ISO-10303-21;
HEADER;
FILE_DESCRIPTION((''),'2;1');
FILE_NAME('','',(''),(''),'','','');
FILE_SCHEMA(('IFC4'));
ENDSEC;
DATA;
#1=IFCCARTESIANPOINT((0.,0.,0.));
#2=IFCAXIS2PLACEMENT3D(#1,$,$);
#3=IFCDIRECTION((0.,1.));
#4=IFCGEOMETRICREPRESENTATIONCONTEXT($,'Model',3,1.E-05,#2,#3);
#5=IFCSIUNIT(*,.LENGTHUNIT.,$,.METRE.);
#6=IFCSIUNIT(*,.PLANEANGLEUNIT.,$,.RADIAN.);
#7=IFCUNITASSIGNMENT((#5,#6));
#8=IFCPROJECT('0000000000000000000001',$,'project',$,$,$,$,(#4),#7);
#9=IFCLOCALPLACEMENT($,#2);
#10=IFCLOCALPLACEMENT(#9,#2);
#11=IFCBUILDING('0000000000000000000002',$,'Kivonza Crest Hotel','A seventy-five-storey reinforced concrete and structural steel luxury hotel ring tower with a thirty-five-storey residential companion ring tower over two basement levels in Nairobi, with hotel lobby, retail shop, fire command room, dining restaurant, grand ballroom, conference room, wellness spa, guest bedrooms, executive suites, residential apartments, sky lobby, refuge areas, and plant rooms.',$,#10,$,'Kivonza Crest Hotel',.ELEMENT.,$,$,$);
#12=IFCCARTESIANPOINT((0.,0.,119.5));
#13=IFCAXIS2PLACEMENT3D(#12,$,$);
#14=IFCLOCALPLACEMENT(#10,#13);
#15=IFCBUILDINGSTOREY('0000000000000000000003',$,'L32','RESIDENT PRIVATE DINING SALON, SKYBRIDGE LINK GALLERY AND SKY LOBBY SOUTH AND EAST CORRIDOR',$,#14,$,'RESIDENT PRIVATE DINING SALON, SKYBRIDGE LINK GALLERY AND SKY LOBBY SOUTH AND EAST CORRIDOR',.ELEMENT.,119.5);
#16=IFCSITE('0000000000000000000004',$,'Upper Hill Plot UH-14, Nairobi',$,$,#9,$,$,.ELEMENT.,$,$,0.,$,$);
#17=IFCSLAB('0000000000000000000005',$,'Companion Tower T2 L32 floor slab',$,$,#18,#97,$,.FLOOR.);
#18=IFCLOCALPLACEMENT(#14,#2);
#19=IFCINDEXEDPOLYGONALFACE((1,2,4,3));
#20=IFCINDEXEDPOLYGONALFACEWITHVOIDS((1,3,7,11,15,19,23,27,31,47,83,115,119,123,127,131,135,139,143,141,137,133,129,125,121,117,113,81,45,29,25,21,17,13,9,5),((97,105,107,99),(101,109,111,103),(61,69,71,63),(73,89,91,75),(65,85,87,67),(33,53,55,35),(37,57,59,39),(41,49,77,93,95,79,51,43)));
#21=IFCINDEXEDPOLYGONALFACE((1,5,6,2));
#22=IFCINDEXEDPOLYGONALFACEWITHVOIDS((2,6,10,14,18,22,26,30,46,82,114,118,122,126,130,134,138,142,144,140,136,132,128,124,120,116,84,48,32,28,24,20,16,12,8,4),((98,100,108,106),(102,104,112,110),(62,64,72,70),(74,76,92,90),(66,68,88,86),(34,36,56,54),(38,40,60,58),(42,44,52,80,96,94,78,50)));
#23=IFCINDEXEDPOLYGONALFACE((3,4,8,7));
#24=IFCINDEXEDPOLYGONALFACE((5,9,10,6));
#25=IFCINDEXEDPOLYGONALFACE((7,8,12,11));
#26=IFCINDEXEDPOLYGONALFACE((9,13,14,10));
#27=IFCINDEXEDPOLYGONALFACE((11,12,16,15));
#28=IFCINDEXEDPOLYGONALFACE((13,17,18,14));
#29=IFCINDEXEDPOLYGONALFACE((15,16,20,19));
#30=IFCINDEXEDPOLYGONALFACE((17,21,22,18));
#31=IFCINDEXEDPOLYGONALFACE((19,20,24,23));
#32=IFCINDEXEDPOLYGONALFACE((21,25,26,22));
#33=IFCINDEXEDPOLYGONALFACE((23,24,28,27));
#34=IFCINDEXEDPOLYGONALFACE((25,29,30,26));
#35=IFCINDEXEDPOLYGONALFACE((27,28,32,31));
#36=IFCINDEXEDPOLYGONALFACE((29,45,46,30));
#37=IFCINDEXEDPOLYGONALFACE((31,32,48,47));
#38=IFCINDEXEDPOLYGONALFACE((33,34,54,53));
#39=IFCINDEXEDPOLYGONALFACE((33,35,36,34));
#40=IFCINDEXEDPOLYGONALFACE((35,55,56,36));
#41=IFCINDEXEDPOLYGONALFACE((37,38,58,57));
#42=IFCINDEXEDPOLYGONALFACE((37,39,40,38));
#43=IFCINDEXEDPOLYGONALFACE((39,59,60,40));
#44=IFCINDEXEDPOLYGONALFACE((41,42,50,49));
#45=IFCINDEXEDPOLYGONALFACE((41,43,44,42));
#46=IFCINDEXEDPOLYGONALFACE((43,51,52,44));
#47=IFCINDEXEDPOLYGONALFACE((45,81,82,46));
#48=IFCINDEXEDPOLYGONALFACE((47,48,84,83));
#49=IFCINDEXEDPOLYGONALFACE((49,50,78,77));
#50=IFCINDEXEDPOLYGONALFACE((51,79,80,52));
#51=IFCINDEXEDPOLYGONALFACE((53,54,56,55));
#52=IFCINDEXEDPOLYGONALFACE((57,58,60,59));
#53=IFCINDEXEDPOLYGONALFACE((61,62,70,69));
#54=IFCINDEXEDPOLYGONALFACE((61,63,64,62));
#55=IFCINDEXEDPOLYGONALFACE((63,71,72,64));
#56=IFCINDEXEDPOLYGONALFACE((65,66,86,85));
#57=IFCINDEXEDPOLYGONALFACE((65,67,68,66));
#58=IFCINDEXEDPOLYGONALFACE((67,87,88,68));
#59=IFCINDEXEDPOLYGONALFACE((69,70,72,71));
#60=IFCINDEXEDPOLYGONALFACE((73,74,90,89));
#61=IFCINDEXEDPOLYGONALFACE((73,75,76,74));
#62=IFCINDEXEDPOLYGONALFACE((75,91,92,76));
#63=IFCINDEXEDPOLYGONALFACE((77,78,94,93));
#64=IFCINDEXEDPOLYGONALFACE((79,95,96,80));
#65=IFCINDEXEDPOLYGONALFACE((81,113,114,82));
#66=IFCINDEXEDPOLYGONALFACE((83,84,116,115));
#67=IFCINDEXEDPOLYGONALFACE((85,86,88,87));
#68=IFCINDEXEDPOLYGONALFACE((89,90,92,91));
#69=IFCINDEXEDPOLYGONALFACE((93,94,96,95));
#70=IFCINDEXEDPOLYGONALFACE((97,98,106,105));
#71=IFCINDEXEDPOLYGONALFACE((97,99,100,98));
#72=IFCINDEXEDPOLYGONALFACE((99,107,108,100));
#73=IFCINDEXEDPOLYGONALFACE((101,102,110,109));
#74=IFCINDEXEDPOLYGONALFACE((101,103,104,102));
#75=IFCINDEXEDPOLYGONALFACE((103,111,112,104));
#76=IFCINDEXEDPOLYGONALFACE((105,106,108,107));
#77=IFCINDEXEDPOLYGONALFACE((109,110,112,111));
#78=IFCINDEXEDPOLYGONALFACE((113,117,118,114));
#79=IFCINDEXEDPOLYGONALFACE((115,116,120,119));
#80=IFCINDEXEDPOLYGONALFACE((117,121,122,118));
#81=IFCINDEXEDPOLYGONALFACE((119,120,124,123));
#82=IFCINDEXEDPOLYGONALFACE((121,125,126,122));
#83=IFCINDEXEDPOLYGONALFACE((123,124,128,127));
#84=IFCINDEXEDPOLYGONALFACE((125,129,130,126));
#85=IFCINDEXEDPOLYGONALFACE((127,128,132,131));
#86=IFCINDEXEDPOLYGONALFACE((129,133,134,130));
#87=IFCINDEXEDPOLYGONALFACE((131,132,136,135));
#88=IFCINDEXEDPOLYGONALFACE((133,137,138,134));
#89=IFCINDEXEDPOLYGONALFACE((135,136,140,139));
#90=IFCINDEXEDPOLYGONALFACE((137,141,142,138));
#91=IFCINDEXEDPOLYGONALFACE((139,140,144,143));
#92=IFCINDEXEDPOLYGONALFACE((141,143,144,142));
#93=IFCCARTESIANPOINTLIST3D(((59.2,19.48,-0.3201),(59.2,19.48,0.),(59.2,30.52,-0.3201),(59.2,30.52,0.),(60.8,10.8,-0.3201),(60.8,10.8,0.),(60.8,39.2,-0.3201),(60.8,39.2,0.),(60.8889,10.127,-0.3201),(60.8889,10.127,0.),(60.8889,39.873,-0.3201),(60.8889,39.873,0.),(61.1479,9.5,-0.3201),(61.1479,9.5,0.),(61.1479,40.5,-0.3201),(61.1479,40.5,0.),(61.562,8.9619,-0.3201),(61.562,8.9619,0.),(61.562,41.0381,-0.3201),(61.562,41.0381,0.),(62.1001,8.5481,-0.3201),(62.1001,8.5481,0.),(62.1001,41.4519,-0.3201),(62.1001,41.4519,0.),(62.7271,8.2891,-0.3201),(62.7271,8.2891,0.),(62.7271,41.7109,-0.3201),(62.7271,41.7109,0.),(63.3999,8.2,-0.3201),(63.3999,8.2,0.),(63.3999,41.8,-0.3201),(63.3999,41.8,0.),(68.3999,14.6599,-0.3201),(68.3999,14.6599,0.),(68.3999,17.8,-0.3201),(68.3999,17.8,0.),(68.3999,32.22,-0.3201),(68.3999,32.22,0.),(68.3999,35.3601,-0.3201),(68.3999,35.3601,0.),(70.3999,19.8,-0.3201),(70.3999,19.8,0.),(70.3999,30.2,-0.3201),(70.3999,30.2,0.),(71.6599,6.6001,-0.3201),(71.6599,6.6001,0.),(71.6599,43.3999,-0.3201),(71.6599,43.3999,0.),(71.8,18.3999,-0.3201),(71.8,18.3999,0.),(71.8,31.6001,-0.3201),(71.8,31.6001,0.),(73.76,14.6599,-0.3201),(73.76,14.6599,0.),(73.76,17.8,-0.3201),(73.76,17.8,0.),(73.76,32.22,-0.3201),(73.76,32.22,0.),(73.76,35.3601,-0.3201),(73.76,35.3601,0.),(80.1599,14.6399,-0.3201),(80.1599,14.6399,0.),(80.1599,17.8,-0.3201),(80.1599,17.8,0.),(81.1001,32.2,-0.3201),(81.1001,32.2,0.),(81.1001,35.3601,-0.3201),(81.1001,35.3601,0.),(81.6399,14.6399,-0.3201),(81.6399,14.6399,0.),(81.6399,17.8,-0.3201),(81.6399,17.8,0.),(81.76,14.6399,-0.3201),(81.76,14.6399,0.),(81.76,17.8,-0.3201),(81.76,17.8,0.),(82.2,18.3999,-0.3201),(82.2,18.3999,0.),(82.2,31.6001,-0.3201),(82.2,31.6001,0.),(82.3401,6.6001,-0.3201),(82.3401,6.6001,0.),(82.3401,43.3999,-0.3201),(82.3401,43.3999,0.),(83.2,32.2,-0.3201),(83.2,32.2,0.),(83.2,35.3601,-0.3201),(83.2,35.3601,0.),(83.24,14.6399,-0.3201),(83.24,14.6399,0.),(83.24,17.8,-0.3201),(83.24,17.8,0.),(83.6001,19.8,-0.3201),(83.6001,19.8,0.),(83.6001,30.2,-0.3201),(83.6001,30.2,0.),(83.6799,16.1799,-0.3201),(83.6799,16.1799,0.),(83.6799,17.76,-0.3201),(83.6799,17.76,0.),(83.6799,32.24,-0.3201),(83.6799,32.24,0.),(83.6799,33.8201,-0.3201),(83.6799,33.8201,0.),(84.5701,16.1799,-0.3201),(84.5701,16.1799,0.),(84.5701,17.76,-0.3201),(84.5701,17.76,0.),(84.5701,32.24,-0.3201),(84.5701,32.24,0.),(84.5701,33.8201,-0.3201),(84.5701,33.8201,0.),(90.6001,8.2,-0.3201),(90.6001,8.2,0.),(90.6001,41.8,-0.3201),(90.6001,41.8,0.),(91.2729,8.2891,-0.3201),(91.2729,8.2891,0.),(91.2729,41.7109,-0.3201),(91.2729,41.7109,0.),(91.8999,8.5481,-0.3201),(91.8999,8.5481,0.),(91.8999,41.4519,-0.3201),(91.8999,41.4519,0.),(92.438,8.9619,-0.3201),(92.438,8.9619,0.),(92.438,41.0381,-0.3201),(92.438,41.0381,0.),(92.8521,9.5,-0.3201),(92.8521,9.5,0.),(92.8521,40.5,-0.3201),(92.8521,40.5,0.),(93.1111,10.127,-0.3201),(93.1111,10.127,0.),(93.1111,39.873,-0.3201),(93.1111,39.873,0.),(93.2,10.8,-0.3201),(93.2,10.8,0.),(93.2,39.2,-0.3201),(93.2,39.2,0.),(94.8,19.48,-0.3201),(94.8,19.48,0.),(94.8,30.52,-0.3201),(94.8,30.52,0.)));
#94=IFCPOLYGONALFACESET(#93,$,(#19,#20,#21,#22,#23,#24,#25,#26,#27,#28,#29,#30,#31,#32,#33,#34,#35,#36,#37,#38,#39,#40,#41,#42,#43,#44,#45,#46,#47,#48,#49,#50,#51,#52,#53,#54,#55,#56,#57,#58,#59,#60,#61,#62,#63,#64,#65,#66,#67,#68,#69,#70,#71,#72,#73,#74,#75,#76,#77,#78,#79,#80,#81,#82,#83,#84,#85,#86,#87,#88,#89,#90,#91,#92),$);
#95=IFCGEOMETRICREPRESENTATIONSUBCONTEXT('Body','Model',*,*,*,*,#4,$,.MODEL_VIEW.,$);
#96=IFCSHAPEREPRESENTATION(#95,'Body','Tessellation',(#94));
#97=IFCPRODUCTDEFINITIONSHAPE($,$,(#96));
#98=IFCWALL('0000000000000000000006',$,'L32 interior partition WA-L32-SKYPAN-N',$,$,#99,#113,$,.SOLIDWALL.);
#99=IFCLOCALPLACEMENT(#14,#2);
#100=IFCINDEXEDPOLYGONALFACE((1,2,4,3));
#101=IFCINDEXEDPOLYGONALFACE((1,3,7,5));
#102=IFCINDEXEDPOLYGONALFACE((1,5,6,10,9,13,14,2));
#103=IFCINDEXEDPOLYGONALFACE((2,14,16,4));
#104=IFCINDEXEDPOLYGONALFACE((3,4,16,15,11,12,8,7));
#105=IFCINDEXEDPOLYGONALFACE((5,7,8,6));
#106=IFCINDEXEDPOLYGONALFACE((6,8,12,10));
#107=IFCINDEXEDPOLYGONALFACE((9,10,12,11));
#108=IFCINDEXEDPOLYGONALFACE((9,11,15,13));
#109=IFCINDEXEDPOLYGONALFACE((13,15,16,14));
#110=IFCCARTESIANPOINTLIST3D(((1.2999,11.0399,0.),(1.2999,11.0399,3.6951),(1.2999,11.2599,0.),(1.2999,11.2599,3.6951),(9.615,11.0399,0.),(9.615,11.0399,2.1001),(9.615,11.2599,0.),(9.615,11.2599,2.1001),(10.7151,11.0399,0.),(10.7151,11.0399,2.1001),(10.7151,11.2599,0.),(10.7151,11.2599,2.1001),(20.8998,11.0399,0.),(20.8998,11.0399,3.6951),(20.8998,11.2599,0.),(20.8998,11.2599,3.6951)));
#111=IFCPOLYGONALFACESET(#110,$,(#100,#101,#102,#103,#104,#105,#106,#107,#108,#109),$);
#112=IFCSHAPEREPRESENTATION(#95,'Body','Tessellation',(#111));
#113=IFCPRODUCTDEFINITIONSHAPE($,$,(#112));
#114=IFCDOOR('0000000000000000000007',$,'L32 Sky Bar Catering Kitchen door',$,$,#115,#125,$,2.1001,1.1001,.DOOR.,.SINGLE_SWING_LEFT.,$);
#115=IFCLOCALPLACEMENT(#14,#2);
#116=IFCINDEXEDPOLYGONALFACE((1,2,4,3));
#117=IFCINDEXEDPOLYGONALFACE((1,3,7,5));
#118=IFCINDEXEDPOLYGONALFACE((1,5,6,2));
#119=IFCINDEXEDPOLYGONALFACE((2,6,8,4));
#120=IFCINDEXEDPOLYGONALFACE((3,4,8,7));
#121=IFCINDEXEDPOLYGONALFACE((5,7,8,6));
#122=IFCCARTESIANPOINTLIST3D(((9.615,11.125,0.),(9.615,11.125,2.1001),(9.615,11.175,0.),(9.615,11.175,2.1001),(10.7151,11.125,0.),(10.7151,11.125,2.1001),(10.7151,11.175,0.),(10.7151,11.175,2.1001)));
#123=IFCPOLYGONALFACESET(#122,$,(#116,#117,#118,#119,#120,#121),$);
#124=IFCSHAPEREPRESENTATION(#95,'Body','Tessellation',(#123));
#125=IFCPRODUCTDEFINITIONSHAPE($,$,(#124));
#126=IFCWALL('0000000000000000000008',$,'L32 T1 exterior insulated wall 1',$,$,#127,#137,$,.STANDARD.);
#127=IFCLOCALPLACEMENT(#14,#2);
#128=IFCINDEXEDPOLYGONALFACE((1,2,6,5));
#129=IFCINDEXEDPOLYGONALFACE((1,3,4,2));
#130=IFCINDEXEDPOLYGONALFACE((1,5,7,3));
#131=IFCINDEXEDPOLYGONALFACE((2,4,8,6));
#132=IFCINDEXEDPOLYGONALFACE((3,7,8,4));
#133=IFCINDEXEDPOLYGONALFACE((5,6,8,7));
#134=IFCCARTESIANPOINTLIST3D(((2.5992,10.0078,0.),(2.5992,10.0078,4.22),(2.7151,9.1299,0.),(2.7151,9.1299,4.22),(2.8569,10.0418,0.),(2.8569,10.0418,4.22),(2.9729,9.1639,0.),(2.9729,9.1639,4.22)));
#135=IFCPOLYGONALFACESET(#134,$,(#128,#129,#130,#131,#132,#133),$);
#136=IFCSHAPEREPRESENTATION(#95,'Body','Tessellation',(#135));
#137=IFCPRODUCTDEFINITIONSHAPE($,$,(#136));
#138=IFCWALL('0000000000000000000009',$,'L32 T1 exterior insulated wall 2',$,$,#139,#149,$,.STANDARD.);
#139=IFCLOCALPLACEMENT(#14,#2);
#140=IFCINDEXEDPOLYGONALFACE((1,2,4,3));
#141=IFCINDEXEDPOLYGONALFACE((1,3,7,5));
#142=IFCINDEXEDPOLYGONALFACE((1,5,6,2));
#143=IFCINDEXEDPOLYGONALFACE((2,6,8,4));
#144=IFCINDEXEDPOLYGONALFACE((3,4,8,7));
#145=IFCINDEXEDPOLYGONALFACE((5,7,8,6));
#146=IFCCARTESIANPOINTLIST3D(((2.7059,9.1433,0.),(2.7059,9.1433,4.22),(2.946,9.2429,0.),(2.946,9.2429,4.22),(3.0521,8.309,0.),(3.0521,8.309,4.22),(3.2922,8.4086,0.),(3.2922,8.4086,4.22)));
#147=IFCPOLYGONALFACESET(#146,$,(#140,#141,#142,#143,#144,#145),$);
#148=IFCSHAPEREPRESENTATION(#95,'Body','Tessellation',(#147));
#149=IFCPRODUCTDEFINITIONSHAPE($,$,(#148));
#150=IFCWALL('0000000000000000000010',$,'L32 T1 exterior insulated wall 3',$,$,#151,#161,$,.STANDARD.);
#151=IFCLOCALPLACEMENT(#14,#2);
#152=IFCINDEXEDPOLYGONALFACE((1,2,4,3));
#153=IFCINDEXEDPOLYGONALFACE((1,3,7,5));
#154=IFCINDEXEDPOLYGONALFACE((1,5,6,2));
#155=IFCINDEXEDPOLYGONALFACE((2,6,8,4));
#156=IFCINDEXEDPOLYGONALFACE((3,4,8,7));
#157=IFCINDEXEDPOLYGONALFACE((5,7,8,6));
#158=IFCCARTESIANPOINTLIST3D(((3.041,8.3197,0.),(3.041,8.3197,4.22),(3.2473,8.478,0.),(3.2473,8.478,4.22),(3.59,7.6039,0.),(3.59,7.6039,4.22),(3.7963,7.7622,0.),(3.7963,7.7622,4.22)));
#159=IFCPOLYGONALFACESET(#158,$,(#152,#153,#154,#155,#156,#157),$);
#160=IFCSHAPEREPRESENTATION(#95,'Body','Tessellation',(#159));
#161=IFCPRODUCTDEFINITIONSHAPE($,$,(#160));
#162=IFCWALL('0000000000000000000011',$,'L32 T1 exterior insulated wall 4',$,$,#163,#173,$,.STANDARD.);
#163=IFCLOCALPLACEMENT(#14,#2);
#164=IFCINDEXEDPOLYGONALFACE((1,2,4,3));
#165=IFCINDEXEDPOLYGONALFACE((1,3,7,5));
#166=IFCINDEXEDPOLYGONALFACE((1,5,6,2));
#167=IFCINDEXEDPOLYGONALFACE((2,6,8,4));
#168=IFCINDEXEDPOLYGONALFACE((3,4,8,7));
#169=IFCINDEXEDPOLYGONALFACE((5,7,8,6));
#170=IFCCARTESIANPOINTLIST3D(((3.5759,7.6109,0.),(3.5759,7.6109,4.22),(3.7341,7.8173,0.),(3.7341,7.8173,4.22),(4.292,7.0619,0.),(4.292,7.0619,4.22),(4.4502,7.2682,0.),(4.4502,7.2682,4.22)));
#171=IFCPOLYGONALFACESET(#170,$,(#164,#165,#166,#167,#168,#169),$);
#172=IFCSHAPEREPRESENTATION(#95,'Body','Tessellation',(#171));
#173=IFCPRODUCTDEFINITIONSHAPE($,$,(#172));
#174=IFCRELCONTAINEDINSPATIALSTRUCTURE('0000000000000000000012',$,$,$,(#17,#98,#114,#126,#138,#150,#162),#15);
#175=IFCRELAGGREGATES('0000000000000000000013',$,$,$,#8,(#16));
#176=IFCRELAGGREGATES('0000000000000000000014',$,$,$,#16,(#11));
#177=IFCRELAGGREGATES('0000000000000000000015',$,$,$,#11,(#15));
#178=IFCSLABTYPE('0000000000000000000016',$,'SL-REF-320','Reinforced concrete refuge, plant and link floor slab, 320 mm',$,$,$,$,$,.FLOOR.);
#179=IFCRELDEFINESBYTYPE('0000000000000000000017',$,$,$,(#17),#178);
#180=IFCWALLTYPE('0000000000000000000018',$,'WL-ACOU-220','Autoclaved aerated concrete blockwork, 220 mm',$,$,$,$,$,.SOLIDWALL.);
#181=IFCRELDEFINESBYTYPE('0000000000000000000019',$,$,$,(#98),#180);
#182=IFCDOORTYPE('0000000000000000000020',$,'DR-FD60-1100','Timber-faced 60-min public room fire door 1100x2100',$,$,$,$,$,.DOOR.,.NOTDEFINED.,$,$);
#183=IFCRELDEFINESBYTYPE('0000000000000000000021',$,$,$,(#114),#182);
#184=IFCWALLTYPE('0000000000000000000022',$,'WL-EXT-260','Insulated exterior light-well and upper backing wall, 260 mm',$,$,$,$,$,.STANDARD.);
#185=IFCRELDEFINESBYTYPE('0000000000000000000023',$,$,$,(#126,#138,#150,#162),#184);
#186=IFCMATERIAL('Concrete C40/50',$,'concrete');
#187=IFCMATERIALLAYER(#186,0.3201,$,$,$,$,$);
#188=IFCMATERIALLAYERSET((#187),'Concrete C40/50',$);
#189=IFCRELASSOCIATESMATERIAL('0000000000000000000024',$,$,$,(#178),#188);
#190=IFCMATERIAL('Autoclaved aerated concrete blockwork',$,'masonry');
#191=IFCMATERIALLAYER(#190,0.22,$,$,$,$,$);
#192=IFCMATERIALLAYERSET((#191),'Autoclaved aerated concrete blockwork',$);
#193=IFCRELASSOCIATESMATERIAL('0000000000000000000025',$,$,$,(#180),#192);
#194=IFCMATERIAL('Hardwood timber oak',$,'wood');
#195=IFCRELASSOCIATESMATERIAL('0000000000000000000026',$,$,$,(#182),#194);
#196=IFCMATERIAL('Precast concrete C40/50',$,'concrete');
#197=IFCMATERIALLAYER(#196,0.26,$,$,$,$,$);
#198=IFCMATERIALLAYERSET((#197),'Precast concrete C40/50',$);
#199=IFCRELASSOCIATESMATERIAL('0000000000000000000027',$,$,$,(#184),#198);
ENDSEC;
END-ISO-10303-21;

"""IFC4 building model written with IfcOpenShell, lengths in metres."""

from ifc_helpers import new_model, si_unit, direction, frame, frame_2d, origin, place, context, subcontext, project, spatial, polyline, rectangle, outline, extrude, material, layer, layer_set, type_object, element, fill, save


model = new_model("IFC4")

# Units and contexts
model_context = context("Model", 3, precision=1e-05, world=origin(), true_north=direction((0.0, 1.0)))
body_context = subcontext(model_context, "Body", "Model", "MODEL_VIEW")
ifc_project = project(units=[si_unit("LENGTHUNIT", "METRE"), si_unit("PLANEANGLEUNIT", "RADIAN")], contexts=[model_context])

# Site, building, storey
site_placement = place(None, origin())
site = spatial("IfcSite", under=ifc_project, at=site_placement, Name="Upper Hill Plot UH-14, Nairobi", CompositionType="ELEMENT", RefElevation=0.0)
building_placement = place(site_placement, origin())
building = spatial("IfcBuilding", under=site, at=building_placement, Name="Kivonza Crest Hotel", Description="A seventy-five-storey reinforced concrete and structural steel luxury hotel ring tower with a thirty-five-storey residential companion ring tower over two basement levels in Nairobi, with hotel lobby, retail shop, fire command room, dining restaurant, grand ballroom, conference room, wellness spa, guest bedrooms, executive suites, residential apartments, sky lobby, refuge areas, and plant rooms.", LongName="Kivonza Crest Hotel", CompositionType="ELEMENT")
storey_placement = place(building_placement, frame((0.0, 0.0, 119.5)))
storey = spatial("IfcBuildingStorey", under=building, at=storey_placement, Name="L32", Description="RESIDENT PRIVATE DINING SALON, SKYBRIDGE LINK GALLERY AND SKY LOBBY SOUTH AND EAST CORRIDOR", LongName="RESIDENT PRIVATE DINING SALON, SKYBRIDGE LINK GALLERY AND SKY LOBBY SOUTH AND EAST CORRIDOR", CompositionType="ELEMENT", Elevation=119.5)

# Shared definitions
ifc_material_1 = material(Name="Concrete C40/50", Category="concrete")

# Slab
ifc_layer_1 = layer(ifc_material_1, 0.3201)
ifc_layer_set_1 = layer_set([ifc_layer_1], Name="Concrete C40/50")
slab_type_1 = type_object("IfcSlabType", Name="SL-REF-320", Description="Reinforced concrete refuge, plant and link floor slab, 320 mm", PredefinedType="FLOOR", material=ifc_layer_set_1)
slab_1_placement = place(storey_placement, frame((0.0, 0.0, -0.3201)))
element("IfcSlab", 1, at=slab_1_placement, inside=storey, type_object=slab_type_1, Name="Companion Tower T2 L32 floor slab", PredefinedType="FLOOR", context=body_context, shape_type="SweptSolid", body=[
    extrude(outline(polyline([(60.8, 10.8), (60.8889, 10.127), (61.1479, 9.5), (61.562, 8.9619), (62.1001, 8.5481), (62.7271, 8.2891), (63.3999, 8.2), (71.6599, 6.6001), (82.3401, 6.6001), (90.6001, 8.2), (91.2729, 8.2891), (91.8999, 8.5481), (92.438, 8.9619), (92.8521, 9.5), (93.1111, 10.127), (93.2, 10.8), (94.8, 19.48), (94.8, 30.52), (93.2, 39.2), (93.1111, 39.873), (92.8521, 40.5), (92.438, 41.0381), (91.8999, 41.4519), (91.2729, 41.7109), (90.6001, 41.8), (82.3401, 43.3999), (71.6599, 43.3999), (63.3999, 41.8), (62.7271, 41.7109), (62.1001, 41.4519), (61.562, 41.0381), (61.1479, 40.5), (60.8889, 39.873), (60.8, 39.2), (59.2, 30.52), (59.2, 19.48), (60.8, 10.8)]), holes=[polyline([(71.8, 18.3999), (82.2, 18.3999), (83.6001, 19.8), (83.6001, 30.2), (82.2, 31.6001), (71.8, 31.6001), (70.3999, 30.2), (70.3999, 19.8), (71.8, 18.3999)]), polyline([(68.3999, 32.22), (73.76, 32.22), (73.76, 35.3601), (68.3999, 35.3601), (68.3999, 32.22)]), polyline([(68.3999, 14.6599), (73.76, 14.6599), (73.76, 17.8), (68.3999, 17.8), (68.3999, 14.6599)]), polyline([(83.6799, 32.24), (84.5701, 32.24), (84.5701, 33.8201), (83.6799, 33.8201), (83.6799, 32.24)]), polyline([(83.6799, 16.1799), (84.5701, 16.1799), (84.5701, 17.76), (83.6799, 17.76), (83.6799, 16.1799)]), polyline([(81.1001, 32.2), (83.2, 32.2), (83.2, 35.3601), (81.1001, 35.3601), (81.1001, 32.2)]), polyline([(80.1599, 14.6399), (81.6399, 14.6399), (81.6399, 17.8), (80.1599, 17.8), (80.1599, 14.6399)]), polyline([(81.76, 14.6399), (83.24, 14.6399), (83.24, 17.8), (81.76, 17.8), (81.76, 14.6399)])]), origin(), (0.0, 0.0, 1.0), 0.3201),
])

# Wall, opening, door
ifc_material_2 = material(Name="Autoclaved aerated concrete blockwork", Category="masonry")
ifc_layer_2 = layer(ifc_material_2, 0.22)
ifc_layer_set_2 = layer_set([ifc_layer_2], Name="Autoclaved aerated concrete blockwork")
wall_type_1 = type_object("IfcWallType", Name="WL-ACOU-220", Description="Autoclaved aerated concrete blockwork, 220 mm", PredefinedType="SOLIDWALL", material=ifc_layer_set_2)
wall_1_placement = place(storey_placement, frame((1.3, 11.1499, 0.0), z_axis=(0.0, 0.0, 1.0), x_axis=(1.0, 0.0, 0.0)))
wall_1 = element("IfcWall", 2, at=wall_1_placement, inside=storey, type_object=wall_type_1, Name="L32 interior partition WA-L32-SKYPAN-N", PredefinedType="SOLIDWALL", context=body_context, shape_type="SweptSolid", body=[
    extrude(rectangle(XDim=19.5999, YDim=0.22, at=frame_2d((9.7998, 0.0))), origin(), (0.0, 0.0, 1.0), 3.6951),
])
opening_1_placement = place(wall_1_placement, frame((8.3149, 0.0, 0.0)))
opening_1 = element("IfcOpeningElement", 3, at=opening_1_placement, cuts=wall_1, PredefinedType="OPENING", context=body_context, shape_type="SweptSolid", body=[
    extrude(rectangle(XDim=1.1001, YDim=2.1001, at=frame_2d((0.55, 1.05))), frame((0.0, 0.1201, 0.0), z_axis=(0.0, -1.0, 0.0), x_axis=(1.0, 0.0, 0.0)), (0.0, 0.0, 1.0), 0.24),
])
ifc_material_3 = material(Name="Hardwood timber oak", Category="wood")
door_type = type_object("IfcDoorType", Name="DR-FD60-1100", Description="Timber-faced 60-min public room fire door 1100x2100", OperationType="NOTDEFINED", PredefinedType="DOOR", material=ifc_material_3)
door_placement = place(opening_1_placement, frame((1.1001, 0.0, 0.0), z_axis=(0.0, 0.0, 1.0), x_axis=(-1.0, 0.0, 0.0)))
door = element("IfcDoor", 4, at=door_placement, inside=storey, type_object=door_type, Name="L32 Sky Bar Catering Kitchen door", OperationType="SINGLE_SWING_LEFT", OverallHeight=2.1001, OverallWidth=1.1001, PredefinedType="DOOR", context=body_context, shape_type="SweptSolid", body=[
    extrude(rectangle(XDim=1.1001, YDim=2.1001, at=frame_2d((0.55, 1.05))), frame((0.0, 0.0249, 0.0), z_axis=(0.0, -1.0, 0.0), x_axis=(1.0, 0.0, 0.0)), (0.0, 0.0, 1.0), 0.05),
])
fill(opening_1, door)

# Walls
ifc_material_4 = material(Name="Precast concrete C40/50", Category="concrete")
ifc_layer_3 = layer(ifc_material_4, 0.26)
ifc_layer_set_3 = layer_set([ifc_layer_3], Name="Precast concrete C40/50")
wall_type_2 = type_object("IfcWallType", Name="WL-EXT-260", Description="Insulated exterior light-well and upper backing wall, 260 mm", PredefinedType="STANDARD", material=ifc_layer_set_3)
wall_2_placement = place(storey_placement, frame((2.728, 10.0249, 0.0), z_axis=(0.0, 0.0, 1.0), x_axis=(0.130954, -0.991388, 0.0)))
element("IfcWall", 5, at=wall_2_placement, inside=storey, type_object=wall_type_2, Name="L32 T1 exterior insulated wall 1", PredefinedType="STANDARD", context=body_context, shape_type="SweptSolid", body=[
    extrude(rectangle(XDim=0.8855, YDim=0.26, at=frame_2d((0.4429, 0.0))), origin(), (0.0, 0.0, 1.0), 4.22),
])
wall_3_placement = place(storey_placement, frame((2.8259, 9.1931, 0.0), z_axis=(0.0, 0.0, 1.0), x_axis=(0.383291, -0.923628, 0.0)))
element("IfcWall", 6, at=wall_3_placement, inside=storey, type_object=wall_type_2, Name="L32 T1 exterior insulated wall 2", PredefinedType="STANDARD", context=body_context, shape_type="SweptSolid", body=[
    extrude(rectangle(XDim=0.9033, YDim=0.26, at=frame_2d((0.4517, 0.0))), origin(), (0.0, 0.0, 1.0), 4.22),
])
wall_4_placement = place(storey_placement, frame((3.144, 8.3989, 0.0), z_axis=(0.0, 0.0, 1.0), x_axis=(0.608625, -0.793458, 0.0)))
element("IfcWall", 7, at=wall_4_placement, inside=storey, type_object=wall_type_2, Name="L32 T1 exterior insulated wall 3", PredefinedType="STANDARD", context=body_context, shape_type="SweptSolid", body=[
    extrude(rectangle(XDim=0.9021, YDim=0.26, at=frame_2d((0.4512, 0.0))), origin(), (0.0, 0.0, 1.0), 4.22),
])
wall_5_placement = place(storey_placement, frame((3.655, 7.7141, 0.0), z_axis=(0.0, 0.0, 1.0), x_axis=(0.793558, -0.608494, 0.0)))
element("IfcWall", 8, at=wall_5_placement, inside=storey, type_object=wall_type_2, Name="L32 T1 exterior insulated wall 4", PredefinedType="STANDARD", context=body_context, shape_type="SweptSolid", body=[
    extrude(rectangle(XDim=0.9023, YDim=0.26, at=frame_2d((0.4512, 0.0))), origin(), (0.0, 0.0, 1.0), 4.22),
])

save(model, "model.ifc")
